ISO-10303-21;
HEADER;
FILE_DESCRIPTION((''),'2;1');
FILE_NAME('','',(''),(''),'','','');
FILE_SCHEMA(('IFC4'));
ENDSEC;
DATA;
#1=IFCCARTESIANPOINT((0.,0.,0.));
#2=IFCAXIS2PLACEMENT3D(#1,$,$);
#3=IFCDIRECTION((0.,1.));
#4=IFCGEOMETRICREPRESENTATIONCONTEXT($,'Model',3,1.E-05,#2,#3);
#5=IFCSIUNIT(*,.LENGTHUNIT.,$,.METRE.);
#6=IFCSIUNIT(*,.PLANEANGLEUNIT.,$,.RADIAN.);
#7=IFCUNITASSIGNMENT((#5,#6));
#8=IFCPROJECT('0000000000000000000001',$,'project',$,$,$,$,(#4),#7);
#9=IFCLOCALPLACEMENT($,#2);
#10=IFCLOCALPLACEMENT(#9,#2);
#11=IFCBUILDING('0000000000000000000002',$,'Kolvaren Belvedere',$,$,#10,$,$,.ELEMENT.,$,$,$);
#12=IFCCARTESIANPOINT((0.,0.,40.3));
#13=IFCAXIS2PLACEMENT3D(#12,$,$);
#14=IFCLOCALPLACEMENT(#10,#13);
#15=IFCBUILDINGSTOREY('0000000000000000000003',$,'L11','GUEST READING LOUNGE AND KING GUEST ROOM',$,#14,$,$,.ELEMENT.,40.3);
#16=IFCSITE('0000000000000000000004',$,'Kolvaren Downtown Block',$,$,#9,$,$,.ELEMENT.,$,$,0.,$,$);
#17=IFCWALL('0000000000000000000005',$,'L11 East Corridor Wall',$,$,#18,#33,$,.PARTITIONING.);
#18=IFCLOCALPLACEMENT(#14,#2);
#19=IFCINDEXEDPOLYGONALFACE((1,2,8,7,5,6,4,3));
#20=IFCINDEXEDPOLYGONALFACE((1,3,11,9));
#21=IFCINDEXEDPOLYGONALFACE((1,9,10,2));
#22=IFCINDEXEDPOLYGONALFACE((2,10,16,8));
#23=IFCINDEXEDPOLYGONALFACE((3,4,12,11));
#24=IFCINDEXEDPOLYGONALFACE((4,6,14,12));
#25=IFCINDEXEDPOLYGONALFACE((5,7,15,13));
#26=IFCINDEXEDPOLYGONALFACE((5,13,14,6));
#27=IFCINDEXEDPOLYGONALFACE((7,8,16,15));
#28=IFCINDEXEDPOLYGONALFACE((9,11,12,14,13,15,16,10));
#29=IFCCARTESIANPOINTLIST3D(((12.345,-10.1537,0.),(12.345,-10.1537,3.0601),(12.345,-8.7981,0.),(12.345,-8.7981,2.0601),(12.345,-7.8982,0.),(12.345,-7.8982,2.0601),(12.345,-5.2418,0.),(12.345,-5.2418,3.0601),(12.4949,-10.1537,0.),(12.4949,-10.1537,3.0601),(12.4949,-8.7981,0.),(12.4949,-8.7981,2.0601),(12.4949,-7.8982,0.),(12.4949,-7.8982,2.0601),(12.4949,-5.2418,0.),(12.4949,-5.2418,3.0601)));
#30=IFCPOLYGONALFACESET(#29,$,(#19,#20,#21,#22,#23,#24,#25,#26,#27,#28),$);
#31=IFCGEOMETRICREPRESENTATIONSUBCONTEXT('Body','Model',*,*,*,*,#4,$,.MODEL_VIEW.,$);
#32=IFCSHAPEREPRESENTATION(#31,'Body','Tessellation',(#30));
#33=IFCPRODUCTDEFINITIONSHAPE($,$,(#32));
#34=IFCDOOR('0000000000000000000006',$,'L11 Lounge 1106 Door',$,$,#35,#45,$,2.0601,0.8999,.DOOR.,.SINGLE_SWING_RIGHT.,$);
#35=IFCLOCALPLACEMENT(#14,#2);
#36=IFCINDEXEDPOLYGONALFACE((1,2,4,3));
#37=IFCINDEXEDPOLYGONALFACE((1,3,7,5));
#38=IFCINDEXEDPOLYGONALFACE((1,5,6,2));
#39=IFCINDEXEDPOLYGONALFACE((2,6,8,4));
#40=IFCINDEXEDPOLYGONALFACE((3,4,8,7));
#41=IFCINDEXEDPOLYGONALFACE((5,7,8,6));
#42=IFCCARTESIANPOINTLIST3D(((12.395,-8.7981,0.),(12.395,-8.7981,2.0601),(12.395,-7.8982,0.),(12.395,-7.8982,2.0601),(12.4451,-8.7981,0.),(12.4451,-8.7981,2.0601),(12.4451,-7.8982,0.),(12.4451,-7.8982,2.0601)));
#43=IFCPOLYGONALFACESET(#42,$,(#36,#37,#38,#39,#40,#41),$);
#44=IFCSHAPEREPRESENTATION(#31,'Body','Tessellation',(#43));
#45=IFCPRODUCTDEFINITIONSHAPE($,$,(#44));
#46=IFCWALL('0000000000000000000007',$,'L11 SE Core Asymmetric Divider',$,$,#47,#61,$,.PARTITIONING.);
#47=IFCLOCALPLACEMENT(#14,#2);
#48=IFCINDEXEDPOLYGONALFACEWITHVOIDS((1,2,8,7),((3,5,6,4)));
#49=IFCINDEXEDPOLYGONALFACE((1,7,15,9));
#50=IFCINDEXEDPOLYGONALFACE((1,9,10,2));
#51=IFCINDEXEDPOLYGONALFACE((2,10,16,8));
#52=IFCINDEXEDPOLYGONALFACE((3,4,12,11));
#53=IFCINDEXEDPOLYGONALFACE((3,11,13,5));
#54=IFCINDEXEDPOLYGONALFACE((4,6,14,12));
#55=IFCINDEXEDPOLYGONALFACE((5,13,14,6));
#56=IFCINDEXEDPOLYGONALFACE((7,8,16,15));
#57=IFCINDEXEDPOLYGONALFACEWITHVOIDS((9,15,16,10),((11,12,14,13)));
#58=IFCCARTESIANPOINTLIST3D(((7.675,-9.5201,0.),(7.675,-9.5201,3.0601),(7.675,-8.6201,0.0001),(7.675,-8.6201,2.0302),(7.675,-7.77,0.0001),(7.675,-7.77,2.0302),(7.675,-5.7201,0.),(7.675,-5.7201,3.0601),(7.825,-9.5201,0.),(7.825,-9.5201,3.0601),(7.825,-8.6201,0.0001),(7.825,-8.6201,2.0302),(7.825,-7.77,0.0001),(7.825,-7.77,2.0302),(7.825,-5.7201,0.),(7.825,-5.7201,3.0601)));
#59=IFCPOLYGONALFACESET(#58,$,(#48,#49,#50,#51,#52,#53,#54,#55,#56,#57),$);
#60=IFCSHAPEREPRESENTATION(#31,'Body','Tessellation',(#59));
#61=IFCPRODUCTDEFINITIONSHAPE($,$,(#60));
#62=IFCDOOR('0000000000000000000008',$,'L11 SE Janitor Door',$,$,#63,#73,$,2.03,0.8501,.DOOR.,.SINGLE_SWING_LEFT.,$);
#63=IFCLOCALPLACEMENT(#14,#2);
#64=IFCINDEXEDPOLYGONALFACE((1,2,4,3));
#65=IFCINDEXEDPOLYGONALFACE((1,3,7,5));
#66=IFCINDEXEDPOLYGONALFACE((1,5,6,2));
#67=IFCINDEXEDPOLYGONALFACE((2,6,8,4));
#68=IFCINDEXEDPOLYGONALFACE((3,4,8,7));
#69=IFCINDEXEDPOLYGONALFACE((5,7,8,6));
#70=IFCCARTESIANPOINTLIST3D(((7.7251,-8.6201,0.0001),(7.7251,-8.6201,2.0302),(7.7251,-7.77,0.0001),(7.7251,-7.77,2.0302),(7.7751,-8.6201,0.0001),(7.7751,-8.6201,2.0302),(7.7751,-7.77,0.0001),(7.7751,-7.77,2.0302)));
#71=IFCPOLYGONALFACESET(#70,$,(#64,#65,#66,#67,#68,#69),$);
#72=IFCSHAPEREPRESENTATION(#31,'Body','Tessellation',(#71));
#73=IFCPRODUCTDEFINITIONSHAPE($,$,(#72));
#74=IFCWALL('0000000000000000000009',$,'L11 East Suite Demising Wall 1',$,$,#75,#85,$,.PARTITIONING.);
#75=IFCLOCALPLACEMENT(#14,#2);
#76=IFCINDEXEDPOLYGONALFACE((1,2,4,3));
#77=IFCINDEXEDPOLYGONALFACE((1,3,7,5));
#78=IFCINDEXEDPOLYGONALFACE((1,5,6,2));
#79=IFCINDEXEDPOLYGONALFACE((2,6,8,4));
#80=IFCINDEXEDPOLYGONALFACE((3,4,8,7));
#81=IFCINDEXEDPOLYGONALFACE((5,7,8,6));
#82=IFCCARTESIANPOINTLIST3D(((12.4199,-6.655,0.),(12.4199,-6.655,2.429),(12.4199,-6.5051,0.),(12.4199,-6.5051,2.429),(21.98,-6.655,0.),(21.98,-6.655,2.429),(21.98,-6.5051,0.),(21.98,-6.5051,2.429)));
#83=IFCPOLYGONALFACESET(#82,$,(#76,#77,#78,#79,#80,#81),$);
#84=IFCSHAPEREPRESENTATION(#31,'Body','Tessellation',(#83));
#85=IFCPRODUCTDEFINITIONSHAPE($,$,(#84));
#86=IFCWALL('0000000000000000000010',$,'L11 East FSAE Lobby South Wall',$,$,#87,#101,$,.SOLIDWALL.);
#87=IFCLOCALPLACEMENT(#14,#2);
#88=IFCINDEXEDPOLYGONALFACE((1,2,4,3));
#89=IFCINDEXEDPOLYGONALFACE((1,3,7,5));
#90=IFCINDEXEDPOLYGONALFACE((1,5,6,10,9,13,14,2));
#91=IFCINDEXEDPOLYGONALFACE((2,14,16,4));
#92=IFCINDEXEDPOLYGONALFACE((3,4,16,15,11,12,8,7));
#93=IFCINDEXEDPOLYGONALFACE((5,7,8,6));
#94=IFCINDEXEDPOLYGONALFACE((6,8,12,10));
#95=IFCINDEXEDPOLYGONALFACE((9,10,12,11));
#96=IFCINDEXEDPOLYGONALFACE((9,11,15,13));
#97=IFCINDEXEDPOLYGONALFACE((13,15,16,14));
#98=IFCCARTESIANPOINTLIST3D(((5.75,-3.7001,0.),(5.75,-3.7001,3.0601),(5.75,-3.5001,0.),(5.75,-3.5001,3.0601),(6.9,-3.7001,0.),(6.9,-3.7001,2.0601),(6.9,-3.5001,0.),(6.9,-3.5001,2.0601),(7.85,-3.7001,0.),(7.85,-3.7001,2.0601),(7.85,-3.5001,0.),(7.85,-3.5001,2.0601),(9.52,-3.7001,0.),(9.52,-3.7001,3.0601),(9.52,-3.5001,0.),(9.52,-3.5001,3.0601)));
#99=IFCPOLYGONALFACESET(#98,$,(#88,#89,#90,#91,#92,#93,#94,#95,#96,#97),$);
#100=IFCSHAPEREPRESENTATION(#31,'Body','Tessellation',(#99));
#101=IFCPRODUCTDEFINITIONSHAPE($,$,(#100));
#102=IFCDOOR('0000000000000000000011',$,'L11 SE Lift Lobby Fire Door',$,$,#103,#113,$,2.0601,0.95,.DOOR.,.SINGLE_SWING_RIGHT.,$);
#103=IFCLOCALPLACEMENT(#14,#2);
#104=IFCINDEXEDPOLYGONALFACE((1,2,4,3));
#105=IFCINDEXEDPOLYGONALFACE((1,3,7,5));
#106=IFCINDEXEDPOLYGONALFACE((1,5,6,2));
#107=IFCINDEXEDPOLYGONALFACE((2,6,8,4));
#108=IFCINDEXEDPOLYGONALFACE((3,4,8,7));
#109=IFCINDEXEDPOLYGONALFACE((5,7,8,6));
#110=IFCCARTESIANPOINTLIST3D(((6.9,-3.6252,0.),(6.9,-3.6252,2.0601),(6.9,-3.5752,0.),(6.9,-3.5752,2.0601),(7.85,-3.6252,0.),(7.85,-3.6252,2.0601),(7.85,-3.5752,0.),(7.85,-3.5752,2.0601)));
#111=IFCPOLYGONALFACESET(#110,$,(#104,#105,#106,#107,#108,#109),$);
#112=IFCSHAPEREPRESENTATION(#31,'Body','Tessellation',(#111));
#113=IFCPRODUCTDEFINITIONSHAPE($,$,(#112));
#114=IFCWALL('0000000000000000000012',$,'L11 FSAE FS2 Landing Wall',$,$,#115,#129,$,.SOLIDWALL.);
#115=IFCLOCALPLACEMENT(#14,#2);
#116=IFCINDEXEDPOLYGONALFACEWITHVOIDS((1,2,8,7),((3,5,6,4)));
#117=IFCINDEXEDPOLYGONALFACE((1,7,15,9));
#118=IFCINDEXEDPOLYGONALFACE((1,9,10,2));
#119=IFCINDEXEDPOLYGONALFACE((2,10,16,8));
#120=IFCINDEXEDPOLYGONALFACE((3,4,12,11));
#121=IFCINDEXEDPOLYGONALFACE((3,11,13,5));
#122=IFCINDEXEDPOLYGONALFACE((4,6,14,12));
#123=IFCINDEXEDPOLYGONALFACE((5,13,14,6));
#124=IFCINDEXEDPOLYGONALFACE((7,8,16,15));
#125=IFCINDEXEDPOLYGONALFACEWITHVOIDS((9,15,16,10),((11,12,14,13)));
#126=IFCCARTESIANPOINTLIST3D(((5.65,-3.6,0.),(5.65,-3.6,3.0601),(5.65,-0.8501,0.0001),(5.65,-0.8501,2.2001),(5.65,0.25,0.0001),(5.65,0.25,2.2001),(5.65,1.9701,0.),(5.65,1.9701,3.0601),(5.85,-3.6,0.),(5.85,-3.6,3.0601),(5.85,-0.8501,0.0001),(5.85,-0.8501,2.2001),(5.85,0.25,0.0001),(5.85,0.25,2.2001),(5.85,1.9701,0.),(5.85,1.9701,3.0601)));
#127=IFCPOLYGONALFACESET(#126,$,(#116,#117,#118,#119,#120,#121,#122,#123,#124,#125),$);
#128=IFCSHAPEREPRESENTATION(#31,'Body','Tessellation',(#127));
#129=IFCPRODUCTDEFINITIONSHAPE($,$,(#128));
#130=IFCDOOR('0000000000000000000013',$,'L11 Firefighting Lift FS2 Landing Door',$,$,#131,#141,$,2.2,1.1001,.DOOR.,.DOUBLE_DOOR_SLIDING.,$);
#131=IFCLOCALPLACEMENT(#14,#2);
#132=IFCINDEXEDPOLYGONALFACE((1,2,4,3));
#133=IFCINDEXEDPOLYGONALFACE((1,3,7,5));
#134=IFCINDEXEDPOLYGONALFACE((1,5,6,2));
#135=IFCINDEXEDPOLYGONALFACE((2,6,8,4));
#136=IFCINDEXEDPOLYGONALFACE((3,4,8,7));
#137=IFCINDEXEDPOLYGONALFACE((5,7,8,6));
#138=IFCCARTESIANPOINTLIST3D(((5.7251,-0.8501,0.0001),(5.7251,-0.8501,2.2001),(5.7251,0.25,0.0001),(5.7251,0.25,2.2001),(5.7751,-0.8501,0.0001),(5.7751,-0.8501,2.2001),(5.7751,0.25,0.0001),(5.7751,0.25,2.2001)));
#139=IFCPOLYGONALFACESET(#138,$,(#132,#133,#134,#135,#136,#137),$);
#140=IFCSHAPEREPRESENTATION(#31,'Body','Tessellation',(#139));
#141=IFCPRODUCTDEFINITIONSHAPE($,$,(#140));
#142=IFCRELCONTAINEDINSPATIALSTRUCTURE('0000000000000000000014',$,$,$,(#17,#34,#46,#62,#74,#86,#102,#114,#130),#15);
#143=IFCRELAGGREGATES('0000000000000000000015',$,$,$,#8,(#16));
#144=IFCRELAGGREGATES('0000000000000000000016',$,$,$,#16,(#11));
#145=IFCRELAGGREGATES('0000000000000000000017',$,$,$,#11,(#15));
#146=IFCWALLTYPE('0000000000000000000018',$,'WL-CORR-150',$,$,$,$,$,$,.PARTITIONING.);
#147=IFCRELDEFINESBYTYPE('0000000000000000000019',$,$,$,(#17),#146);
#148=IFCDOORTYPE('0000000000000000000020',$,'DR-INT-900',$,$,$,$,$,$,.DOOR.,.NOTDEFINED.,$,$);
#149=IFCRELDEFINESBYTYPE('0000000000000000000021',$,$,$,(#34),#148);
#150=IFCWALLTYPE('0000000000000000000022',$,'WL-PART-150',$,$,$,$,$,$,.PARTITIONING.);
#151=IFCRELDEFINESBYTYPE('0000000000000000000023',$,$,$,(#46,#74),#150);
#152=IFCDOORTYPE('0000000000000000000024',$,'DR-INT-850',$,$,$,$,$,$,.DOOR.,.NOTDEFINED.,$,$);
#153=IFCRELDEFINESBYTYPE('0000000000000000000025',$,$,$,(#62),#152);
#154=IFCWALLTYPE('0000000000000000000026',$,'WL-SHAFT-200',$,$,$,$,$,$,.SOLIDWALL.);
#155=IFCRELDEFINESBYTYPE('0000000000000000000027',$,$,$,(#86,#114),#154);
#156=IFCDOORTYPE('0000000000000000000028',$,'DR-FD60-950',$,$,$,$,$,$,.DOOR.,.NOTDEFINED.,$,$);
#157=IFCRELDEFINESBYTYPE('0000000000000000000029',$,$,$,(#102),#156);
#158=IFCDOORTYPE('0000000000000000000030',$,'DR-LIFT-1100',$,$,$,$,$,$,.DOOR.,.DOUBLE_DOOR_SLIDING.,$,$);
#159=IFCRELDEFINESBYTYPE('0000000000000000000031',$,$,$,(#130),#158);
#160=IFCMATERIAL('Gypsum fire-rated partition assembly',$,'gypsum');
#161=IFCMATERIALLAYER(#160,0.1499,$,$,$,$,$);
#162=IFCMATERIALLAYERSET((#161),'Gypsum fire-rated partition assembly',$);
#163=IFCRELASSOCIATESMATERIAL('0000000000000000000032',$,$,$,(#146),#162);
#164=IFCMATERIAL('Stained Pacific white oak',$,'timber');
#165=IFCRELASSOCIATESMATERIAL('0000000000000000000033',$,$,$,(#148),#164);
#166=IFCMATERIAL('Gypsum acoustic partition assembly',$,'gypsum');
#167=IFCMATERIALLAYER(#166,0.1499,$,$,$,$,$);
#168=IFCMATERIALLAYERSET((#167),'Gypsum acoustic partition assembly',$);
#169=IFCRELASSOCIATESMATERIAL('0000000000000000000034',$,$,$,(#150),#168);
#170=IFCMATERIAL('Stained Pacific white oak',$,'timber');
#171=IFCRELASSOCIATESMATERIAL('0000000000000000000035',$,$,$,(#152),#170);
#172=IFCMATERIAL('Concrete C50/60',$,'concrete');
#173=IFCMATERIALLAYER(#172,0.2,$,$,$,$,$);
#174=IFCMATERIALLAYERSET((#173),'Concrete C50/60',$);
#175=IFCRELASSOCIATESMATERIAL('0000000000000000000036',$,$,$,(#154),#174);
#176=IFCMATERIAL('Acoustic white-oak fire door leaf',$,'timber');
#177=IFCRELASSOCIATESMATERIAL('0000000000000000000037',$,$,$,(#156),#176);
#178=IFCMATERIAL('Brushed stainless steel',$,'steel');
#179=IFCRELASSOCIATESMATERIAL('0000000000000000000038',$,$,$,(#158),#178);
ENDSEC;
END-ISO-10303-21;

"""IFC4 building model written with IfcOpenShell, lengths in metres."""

from ifc_helpers import new_model, si_unit, direction, frame, frame_2d, origin, place, context, subcontext, project, spatial, rectangle, extrude, material, layer, layer_set, type_object, element, fill, save


model = new_model("IFC4")

# Units and contexts
model_context = context("Model", 3, precision=1e-05, world=origin(), true_north=direction((0.0, 1.0)))
body_context = subcontext(model_context, "Body", "Model", "MODEL_VIEW")
ifc_project = project(units=[si_unit("LENGTHUNIT", "METRE"), si_unit("PLANEANGLEUNIT", "RADIAN")], contexts=[model_context])

# Site, building, storey
site_placement = place(None, origin())
site = spatial("IfcSite", under=ifc_project, at=site_placement, Name="Kolvaren Downtown Block", CompositionType="ELEMENT", RefElevation=0.0)
building_placement = place(site_placement, origin())
building = spatial("IfcBuilding", under=site, at=building_placement, Name="Kolvaren Belvedere", CompositionType="ELEMENT")
storey_placement = place(building_placement, frame((0.0, 0.0, 40.3)))
storey = spatial("IfcBuildingStorey", under=building, at=storey_placement, Name="L11", Description="GUEST READING LOUNGE AND KING GUEST ROOM", CompositionType="ELEMENT", Elevation=40.3)

# Walls, openings, doors
ifc_material_1 = material(Name="Gypsum fire-rated partition assembly", Category="gypsum")
ifc_layer_1 = layer(ifc_material_1, 0.1499)
ifc_layer_set_1 = layer_set([ifc_layer_1], Name="Gypsum fire-rated partition assembly")
wall_type_1 = type_object("IfcWallType", Name="WL-CORR-150", PredefinedType="PARTITIONING", material=ifc_layer_set_1)
wall_1_placement = place(storey_placement, frame((12.4199, -10.1538, 0.0), z_axis=(0.0, 0.0, 1.0), x_axis=(0.0, 1.0, 0.0)))
wall_1 = element("IfcWall", 1, at=wall_1_placement, inside=storey, type_object=wall_type_1, Name="L11 East Corridor Wall", PredefinedType="PARTITIONING", context=body_context, shape_type="SweptSolid", body=[
    extrude(rectangle(XDim=4.9119, YDim=0.1499, at=frame_2d((2.4561, 0.0))), origin(), (0.0, 0.0, 1.0), 3.0601),
])
opening_1_placement = place(wall_1_placement, frame((1.3557, 0.0, 0.0)))
opening_1 = element("IfcOpeningElement", 2, at=opening_1_placement, cuts=wall_1, PredefinedType="OPENING", context=body_context, shape_type="SweptSolid", body=[
    extrude(rectangle(XDim=0.8999, YDim=2.0601, at=frame_2d((0.45, 1.03))), frame((0.0, 0.085, 0.0), z_axis=(0.0, -1.0, 0.0), x_axis=(1.0, 0.0, 0.0)), (0.0, 0.0, 1.0), 0.1699),
])
ifc_material_2 = material(Name="Stained Pacific white oak", Category="timber")
door_type_1 = type_object("IfcDoorType", Name="DR-INT-900", OperationType="NOTDEFINED", PredefinedType="DOOR", material=ifc_material_2)
door_1_placement = place(opening_1_placement, origin())
door_1 = element("IfcDoor", 3, at=door_1_placement, inside=storey, type_object=door_type_1, Name="L11 Lounge 1106 Door", OperationType="SINGLE_SWING_RIGHT", OverallHeight=2.0601, OverallWidth=0.8999, PredefinedType="DOOR", context=body_context, shape_type="SweptSolid", body=[
    extrude(rectangle(XDim=0.8999, YDim=2.0601, at=frame_2d((0.45, 1.03))), frame((0.0, 0.0249, 0.0), z_axis=(0.0, -1.0, 0.0), x_axis=(1.0, 0.0, 0.0)), (0.0, 0.0, 1.0), 0.05),
])
fill(opening_1, door_1)
ifc_material_3 = material(Name="Gypsum acoustic partition assembly", Category="gypsum")
ifc_layer_2 = layer(ifc_material_3, 0.1499)
ifc_layer_set_2 = layer_set([ifc_layer_2], Name="Gypsum acoustic partition assembly")
wall_type_2 = type_object("IfcWallType", Name="WL-PART-150", PredefinedType="PARTITIONING", material=ifc_layer_set_2)
wall_2_placement = place(storey_placement, frame((7.75, -9.52, 0.0), z_axis=(0.0, 0.0, 1.0), x_axis=(0.0, 1.0, 0.0)))
wall_2 = element("IfcWall", 4, at=wall_2_placement, inside=storey, type_object=wall_type_2, Name="L11 SE Core Asymmetric Divider", PredefinedType="PARTITIONING", context=body_context, shape_type="SweptSolid", body=[
    extrude(rectangle(XDim=3.8, YDim=0.1499, at=frame_2d((1.8999, 0.0))), origin(), (0.0, 0.0, 1.0), 3.0601),
])
opening_2_placement = place(wall_2_placement, frame((0.8999, 0.0, 0.0)))
opening_2 = element("IfcOpeningElement", 5, at=opening_2_placement, cuts=wall_2, PredefinedType="OPENING", context=body_context, shape_type="SweptSolid", body=[
    extrude(rectangle(XDim=0.8501, YDim=2.03, at=frame_2d((0.425, 1.0151))), frame((0.0, 0.085, 0.0), z_axis=(0.0, -1.0, 0.0), x_axis=(1.0, 0.0, 0.0)), (0.0, 0.0, 1.0), 0.1699),
])
ifc_material_4 = material(Name="Stained Pacific white oak", Category="timber")
door_type_2 = type_object("IfcDoorType", Name="DR-INT-850", OperationType="NOTDEFINED", PredefinedType="DOOR", material=ifc_material_4)
door_2_placement = place(opening_2_placement, origin())
door_2 = element("IfcDoor", 6, at=door_2_placement, inside=storey, type_object=door_type_2, Name="L11 SE Janitor Door", OperationType="SINGLE_SWING_LEFT", OverallHeight=2.03, OverallWidth=0.8501, PredefinedType="DOOR", context=body_context, shape_type="SweptSolid", body=[
    extrude(rectangle(XDim=0.8501, YDim=2.03, at=frame_2d((0.425, 1.0151))), frame((0.0, 0.0249, 0.0), z_axis=(0.0, -1.0, 0.0), x_axis=(1.0, 0.0, 0.0)), (0.0, 0.0, 1.0), 0.05),
])
fill(opening_2, door_2)

# Wall
wall_3_placement = place(storey_placement, frame((12.4199, -6.5801, 0.0), z_axis=(0.0, 0.0, 1.0), x_axis=(1.0, 0.0, 0.0)))
element("IfcWall", 7, at=wall_3_placement, inside=storey, type_object=wall_type_2, Name="L11 East Suite Demising Wall 1", PredefinedType="PARTITIONING", context=body_context, shape_type="SweptSolid", body=[
    extrude(rectangle(XDim=9.5601, YDim=0.1499, at=frame_2d((4.78, 0.0))), origin(), (0.0, 0.0, 1.0), 2.429),
])

# Walls, openings, doors
ifc_material_5 = material(Name="Concrete C50/60", Category="concrete")
ifc_layer_3 = layer(ifc_material_5, 0.2)
ifc_layer_set_3 = layer_set([ifc_layer_3], Name="Concrete C50/60")
wall_type_3 = type_object("IfcWallType", Name="WL-SHAFT-200", PredefinedType="SOLIDWALL", material=ifc_layer_set_3)
wall_4_placement = place(storey_placement, frame((5.75, -3.6001, 0.0), z_axis=(0.0, 0.0, 1.0), x_axis=(1.0, 0.0, 0.0)))
wall_4 = element("IfcWall", 8, at=wall_4_placement, inside=storey, type_object=wall_type_3, Name="L11 East FSAE Lobby South Wall", PredefinedType="SOLIDWALL", context=body_context, shape_type="SweptSolid", body=[
    extrude(rectangle(XDim=3.77, YDim=0.2, at=frame_2d((1.885, 0.0))), origin(), (0.0, 0.0, 1.0), 3.0601),
])
opening_3_placement = place(wall_4_placement, frame((1.1499, 0.0, 0.0)))
opening_3 = element("IfcOpeningElement", 9, at=opening_3_placement, cuts=wall_4, PredefinedType="OPENING", context=body_context, shape_type="SweptSolid", body=[
    extrude(rectangle(XDim=0.95, YDim=2.0601, at=frame_2d((0.4751, 1.03))), frame((0.0, 0.1099, 0.0), z_axis=(0.0, -1.0, 0.0), x_axis=(1.0, 0.0, 0.0)), (0.0, 0.0, 1.0), 0.22),
])
ifc_material_6 = material(Name="Acoustic white-oak fire door leaf", Category="timber")
door_type_3 = type_object("IfcDoorType", Name="DR-FD60-950", OperationType="NOTDEFINED", PredefinedType="DOOR", material=ifc_material_6)
door_3_placement = place(opening_3_placement, origin())
door_3 = element("IfcDoor", 10, at=door_3_placement, inside=storey, type_object=door_type_3, Name="L11 SE Lift Lobby Fire Door", OperationType="SINGLE_SWING_RIGHT", OverallHeight=2.0601, OverallWidth=0.95, PredefinedType="DOOR", context=body_context, shape_type="SweptSolid", body=[
    extrude(rectangle(XDim=0.95, YDim=2.0601, at=frame_2d((0.4751, 1.03))), frame((0.0, 0.0249, 0.0), z_axis=(0.0, -1.0, 0.0), x_axis=(1.0, 0.0, 0.0)), (0.0, 0.0, 1.0), 0.05),
])
fill(opening_3, door_3)
wall_5_placement = place(storey_placement, frame((5.75, -3.6001, 0.0), z_axis=(0.0, 0.0, 1.0), x_axis=(0.0, 1.0, 0.0)))
wall_5 = element("IfcWall", 11, at=wall_5_placement, inside=storey, type_object=wall_type_3, Name="L11 FSAE FS2 Landing Wall", PredefinedType="SOLIDWALL", context=body_context, shape_type="SweptSolid", body=[
    extrude(rectangle(XDim=5.5701, YDim=0.2, at=frame_2d((2.7852, 0.0))), origin(), (0.0, 0.0, 1.0), 3.0601),
])
opening_4_placement = place(wall_5_placement, frame((2.75, 0.0, 0.0)))
opening_4 = element("IfcOpeningElement", 12, at=opening_4_placement, cuts=wall_5, PredefinedType="OPENING", context=body_context, shape_type="SweptSolid", body=[
    extrude(rectangle(XDim=1.1001, YDim=2.2, at=frame_2d((0.55, 1.1001))), frame((0.0, 0.1099, 0.0), z_axis=(0.0, -1.0, 0.0), x_axis=(1.0, 0.0, 0.0)), (0.0, 0.0, 1.0), 0.22),
])
ifc_material_7 = material(Name="Brushed stainless steel", Category="steel")
door_type_4 = type_object("IfcDoorType", Name="DR-LIFT-1100", OperationType="DOUBLE_DOOR_SLIDING", PredefinedType="DOOR", material=ifc_material_7)
door_4_placement = place(opening_4_placement, origin())
door_4 = element("IfcDoor", 13, at=door_4_placement, inside=storey, type_object=door_type_4, Name="L11 Firefighting Lift FS2 Landing Door", OperationType="DOUBLE_DOOR_SLIDING", OverallHeight=2.2, OverallWidth=1.1001, PredefinedType="DOOR", context=body_context, shape_type="SweptSolid", body=[
    extrude(rectangle(XDim=1.1001, YDim=2.2, at=frame_2d((0.55, 1.1001))), frame((0.0, 0.0249, 0.0), z_axis=(0.0, -1.0, 0.0), x_axis=(1.0, 0.0, 0.0)), (0.0, 0.0, 1.0), 0.05),
])
fill(opening_4, door_4)

save(model, "model.ifc")
